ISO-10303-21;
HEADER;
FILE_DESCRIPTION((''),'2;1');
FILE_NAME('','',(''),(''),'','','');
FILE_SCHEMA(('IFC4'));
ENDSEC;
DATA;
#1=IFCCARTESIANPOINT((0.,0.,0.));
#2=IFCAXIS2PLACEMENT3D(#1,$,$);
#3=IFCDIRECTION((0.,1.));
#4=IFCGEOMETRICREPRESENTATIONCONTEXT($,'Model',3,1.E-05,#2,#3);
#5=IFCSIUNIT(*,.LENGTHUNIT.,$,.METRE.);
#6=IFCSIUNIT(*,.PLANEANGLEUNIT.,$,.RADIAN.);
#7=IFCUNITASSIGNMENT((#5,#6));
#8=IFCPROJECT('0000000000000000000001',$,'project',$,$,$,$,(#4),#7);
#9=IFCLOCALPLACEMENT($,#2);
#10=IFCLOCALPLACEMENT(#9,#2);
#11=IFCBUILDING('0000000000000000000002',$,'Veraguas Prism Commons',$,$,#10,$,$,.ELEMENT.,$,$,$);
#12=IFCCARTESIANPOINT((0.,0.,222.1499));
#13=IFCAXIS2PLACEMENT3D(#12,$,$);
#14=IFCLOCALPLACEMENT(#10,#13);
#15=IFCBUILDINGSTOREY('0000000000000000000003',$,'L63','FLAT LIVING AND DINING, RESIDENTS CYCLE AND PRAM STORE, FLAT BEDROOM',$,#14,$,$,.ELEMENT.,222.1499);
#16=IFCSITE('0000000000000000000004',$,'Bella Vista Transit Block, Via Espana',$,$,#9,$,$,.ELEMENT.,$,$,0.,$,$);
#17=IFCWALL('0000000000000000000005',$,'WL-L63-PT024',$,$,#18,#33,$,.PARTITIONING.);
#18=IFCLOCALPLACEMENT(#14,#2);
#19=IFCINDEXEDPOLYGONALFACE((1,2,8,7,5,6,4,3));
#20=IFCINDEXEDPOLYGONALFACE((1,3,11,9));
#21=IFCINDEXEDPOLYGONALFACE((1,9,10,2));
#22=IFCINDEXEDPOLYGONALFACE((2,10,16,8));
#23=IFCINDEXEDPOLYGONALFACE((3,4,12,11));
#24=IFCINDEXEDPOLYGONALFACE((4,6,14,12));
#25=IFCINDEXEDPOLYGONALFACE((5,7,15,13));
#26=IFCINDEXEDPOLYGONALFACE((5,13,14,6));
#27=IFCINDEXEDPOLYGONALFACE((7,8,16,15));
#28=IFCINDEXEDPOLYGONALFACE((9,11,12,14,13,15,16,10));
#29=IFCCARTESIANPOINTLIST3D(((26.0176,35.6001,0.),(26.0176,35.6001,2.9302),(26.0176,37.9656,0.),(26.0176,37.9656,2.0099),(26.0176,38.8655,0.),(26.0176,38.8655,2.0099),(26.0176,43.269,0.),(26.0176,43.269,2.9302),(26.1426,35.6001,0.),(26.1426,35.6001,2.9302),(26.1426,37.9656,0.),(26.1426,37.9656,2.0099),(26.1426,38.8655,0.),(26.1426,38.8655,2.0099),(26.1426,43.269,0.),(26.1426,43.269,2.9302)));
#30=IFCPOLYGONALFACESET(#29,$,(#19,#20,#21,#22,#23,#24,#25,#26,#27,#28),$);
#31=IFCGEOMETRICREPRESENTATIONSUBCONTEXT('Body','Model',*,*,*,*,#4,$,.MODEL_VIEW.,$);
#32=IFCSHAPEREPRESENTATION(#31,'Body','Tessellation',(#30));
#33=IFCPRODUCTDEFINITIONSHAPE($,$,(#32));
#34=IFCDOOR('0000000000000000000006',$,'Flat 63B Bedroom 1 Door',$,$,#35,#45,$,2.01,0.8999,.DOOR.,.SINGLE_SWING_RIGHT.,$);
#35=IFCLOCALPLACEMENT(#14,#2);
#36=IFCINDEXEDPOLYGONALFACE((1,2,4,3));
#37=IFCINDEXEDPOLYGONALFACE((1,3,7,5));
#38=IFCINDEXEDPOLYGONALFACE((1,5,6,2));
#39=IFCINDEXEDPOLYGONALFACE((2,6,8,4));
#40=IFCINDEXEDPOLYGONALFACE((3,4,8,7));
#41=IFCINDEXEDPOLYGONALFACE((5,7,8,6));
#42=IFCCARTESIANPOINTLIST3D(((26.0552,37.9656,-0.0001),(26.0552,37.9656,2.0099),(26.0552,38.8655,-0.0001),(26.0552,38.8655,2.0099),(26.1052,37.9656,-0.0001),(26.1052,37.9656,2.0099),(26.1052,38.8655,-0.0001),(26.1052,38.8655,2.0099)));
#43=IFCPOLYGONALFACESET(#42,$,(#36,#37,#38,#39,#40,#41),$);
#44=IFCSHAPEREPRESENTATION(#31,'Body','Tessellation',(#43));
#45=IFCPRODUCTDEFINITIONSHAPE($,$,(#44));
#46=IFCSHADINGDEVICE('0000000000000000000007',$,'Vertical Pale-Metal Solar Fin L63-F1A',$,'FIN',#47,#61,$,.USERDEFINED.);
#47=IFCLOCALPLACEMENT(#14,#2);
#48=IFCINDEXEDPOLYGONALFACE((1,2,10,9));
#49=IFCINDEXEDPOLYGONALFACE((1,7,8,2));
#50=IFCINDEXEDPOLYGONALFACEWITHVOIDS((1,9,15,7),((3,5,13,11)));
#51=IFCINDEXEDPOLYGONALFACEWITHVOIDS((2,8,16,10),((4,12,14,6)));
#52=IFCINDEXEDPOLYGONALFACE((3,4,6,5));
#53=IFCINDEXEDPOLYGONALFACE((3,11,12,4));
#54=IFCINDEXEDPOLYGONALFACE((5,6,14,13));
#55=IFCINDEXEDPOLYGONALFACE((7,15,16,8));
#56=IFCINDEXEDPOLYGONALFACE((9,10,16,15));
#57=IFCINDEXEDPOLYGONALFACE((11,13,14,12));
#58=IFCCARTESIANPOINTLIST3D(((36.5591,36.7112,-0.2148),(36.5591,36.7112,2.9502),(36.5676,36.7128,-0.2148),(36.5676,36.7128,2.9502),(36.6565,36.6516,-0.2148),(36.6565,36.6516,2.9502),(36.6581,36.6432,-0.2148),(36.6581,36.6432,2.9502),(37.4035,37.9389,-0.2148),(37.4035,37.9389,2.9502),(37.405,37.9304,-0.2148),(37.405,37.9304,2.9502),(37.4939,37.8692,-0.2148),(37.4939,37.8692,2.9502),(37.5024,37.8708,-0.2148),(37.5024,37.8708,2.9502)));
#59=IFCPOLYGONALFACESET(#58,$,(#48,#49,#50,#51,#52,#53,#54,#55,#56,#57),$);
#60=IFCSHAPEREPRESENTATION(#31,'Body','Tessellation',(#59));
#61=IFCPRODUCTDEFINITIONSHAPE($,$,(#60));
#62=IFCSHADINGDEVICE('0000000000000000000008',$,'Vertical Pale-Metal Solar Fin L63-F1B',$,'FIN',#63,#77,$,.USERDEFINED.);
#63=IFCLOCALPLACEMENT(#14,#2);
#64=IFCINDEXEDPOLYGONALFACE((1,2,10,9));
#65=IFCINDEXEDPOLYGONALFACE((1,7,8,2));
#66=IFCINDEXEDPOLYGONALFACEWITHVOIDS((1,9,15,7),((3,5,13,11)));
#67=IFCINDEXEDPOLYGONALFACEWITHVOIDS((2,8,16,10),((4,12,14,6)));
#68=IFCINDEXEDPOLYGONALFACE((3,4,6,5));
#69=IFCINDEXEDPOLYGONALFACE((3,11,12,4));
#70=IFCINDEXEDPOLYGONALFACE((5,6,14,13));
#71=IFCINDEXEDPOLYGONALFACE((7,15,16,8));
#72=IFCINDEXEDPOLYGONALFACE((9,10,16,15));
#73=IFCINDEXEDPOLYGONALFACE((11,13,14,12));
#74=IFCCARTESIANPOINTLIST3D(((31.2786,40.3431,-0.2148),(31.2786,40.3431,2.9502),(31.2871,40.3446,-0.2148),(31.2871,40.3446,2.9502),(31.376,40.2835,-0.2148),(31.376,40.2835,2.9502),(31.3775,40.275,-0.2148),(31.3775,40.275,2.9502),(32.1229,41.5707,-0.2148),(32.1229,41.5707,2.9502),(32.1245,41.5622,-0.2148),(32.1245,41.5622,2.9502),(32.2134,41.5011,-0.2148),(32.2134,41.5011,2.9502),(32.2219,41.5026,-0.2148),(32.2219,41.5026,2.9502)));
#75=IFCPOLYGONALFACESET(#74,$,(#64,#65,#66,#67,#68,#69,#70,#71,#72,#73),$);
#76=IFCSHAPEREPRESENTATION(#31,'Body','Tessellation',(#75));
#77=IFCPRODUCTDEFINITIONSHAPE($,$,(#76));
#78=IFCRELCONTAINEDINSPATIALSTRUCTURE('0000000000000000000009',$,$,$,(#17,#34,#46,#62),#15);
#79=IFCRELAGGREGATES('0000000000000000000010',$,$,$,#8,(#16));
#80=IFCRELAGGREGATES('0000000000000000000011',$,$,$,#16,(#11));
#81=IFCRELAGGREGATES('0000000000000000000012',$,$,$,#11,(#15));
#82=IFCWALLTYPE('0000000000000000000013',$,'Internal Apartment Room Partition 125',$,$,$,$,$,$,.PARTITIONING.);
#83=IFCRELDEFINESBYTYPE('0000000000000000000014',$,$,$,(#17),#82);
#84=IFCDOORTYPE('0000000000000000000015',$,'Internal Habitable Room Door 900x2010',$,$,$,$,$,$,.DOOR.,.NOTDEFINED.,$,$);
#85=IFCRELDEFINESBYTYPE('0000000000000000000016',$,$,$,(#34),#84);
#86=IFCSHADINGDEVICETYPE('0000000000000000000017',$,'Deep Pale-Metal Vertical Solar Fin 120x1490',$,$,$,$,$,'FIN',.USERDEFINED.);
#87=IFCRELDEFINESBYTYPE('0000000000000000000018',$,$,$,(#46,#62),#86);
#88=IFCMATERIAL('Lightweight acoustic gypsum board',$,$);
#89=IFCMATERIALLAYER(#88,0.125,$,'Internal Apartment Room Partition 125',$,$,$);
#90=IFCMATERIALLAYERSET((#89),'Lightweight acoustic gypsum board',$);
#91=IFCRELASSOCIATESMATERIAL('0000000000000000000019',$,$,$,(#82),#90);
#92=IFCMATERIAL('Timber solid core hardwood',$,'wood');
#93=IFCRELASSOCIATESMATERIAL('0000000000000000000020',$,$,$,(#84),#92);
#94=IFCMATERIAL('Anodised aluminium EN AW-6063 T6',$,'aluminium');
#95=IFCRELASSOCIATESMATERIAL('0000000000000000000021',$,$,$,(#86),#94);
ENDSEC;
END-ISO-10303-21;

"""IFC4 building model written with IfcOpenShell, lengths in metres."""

from ifc_helpers import new_model, si_unit, direction, frame, frame_2d, origin, origin_2d, place, context, subcontext, project, spatial, rectangle, hollow_rectangle, extrude, source, transform, mapped, material, layer, layer_set, material_profile, profile_set, type_object, element, fill, save


model = new_model("IFC4")

# Units and contexts
model_context = context("Model", 3, precision=1e-05, world=origin(), true_north=direction((0.0, 1.0)))
body_context = subcontext(model_context, "Body", "Model", "MODEL_VIEW")
ifc_project = project(units=[si_unit("LENGTHUNIT", "METRE"), si_unit("PLANEANGLEUNIT", "RADIAN")], contexts=[model_context])

# Site, building, storey
site_placement = place(None, origin())
site = spatial("IfcSite", under=ifc_project, at=site_placement, Name="Bella Vista Transit Block, Via Espana", CompositionType="ELEMENT", RefElevation=0.0)
building_placement = place(site_placement, origin())
building = spatial("IfcBuilding", under=site, at=building_placement, Name="Veraguas Prism Commons", CompositionType="ELEMENT")
storey_placement = place(building_placement, frame((0.0, 0.0, 222.1499)))
storey = spatial("IfcBuildingStorey", under=building, at=storey_placement, Name="L63", Description="FLAT LIVING AND DINING, RESIDENTS CYCLE AND PRAM STORE, FLAT BEDROOM", CompositionType="ELEMENT", Elevation=222.1499)

# Shared definitions
ifc_material_1 = material(Name="Anodised aluminium EN AW-6063 T6", Category="aluminium")

# Shared definitions
shared_shape_1 = source(origin(), body_context, "Body", "SweptSolid", [
    extrude(rectangle(XDim=0.8999, YDim=2.01, at=frame_2d((0.45, 1.0049))), frame((0.0, 0.0249, 0.0), z_axis=(0.0, -1.0, 0.0), x_axis=(1.0, 0.0, 0.0)), (0.0, 0.0, 1.0), 0.05),
])
ifc_material_2 = material(Name="Lightweight acoustic gypsum board")
ifc_layer_1 = layer(ifc_material_2, 0.125, Name="Internal Apartment Room Partition 125")
ifc_layer_set_1 = layer_set([ifc_layer_1], Name="Lightweight acoustic gypsum board")
wall_type_1 = type_object("IfcWallType", Name="Internal Apartment Room Partition 125", PredefinedType="PARTITIONING", material=ifc_layer_set_1)
ifc_material_3 = material(Name="Timber solid core hardwood", Category="wood")
door_type_1 = type_object("IfcDoorType", Name="Internal Habitable Room Door 900x2010", OperationType="NOTDEFINED", PredefinedType="DOOR", material=ifc_material_3)

# Wall, opening, door
wall_1_placement = place(storey_placement, frame((26.0801, 35.6001, 0.0), z_axis=(0.0, 0.0, 1.0), x_axis=(0.0, 1.0, 0.0)))
wall_1 = element("IfcWall", 1, at=wall_1_placement, inside=storey, type_object=wall_type_1, Name="WL-L63-PT024", PredefinedType="PARTITIONING", context=body_context, shape_type="SweptSolid", body=[
    extrude(rectangle(XDim=7.6689, YDim=0.125, at=frame_2d((3.8345, 0.0))), origin(), (0.0, 0.0, 1.0), 2.9302),
])
opening_1_placement = place(wall_1_placement, frame((2.3655, 0.0, 0.0)))
opening_1 = element("IfcOpeningElement", 2, at=opening_1_placement, cuts=wall_1, PredefinedType="OPENING", context=body_context, shape_type="SweptSolid", body=[
    extrude(rectangle(XDim=0.8999, YDim=2.01, at=frame_2d((0.45, 1.0049))), frame((0.0, 0.0725, 0.0), z_axis=(0.0, -1.0, 0.0), x_axis=(1.0, 0.0, 0.0)), (0.0, 0.0, 1.0), 0.145),
])
door_1_placement = place(opening_1_placement, origin())
door_1 = element("IfcDoor", 3, at=door_1_placement, inside=storey, type_object=door_type_1, Name="Flat 63B Bedroom 1 Door", OperationType="SINGLE_SWING_RIGHT", OverallHeight=2.01, OverallWidth=0.8999, PredefinedType="DOOR", context=body_context, shape_type="MappedRepresentation", body=[
    mapped(shared_shape_1, transform((0.0, 0.0, 0.0), scale=1.0)),
])
fill(opening_1, door_1)

# Shading devices
ifc_material_profile_1 = material_profile(ifc_material_1, hollow_rectangle(XDim=0.1201, YDim=1.49, WallThickness=0.0061, at=origin_2d()), Name="FIN120X1490X6")
ifc_profile_set_1 = profile_set([ifc_material_profile_1], Name="Anodised aluminium EN AW-6063 T6")
shading_device_type = type_object("IfcShadingDeviceType", Name="Deep Pale-Metal Vertical Solar Fin 120x1490", ElementType="FIN", PredefinedType="USERDEFINED", material=ifc_profile_set_1)
for number, where, z_axis, x_axis, name in (
    (4, (37.0308, 37.291, -0.2148), (0.0, 0.0, 1.0), (-0.823925, 0.566698, 0.0), "Vertical Pale-Metal Solar Fin L63-F1A"),
    (5, (31.7502, 40.9229, -0.2148), (0.0, 0.0, 1.0), (-0.823925, 0.566698, 0.0), "Vertical Pale-Metal Solar Fin L63-F1B"),
):
    element("IfcShadingDevice", number, at=place(storey_placement, frame(where, z_axis=z_axis, x_axis=x_axis)), inside=storey, type_object=shading_device_type, Name=name, ObjectType="FIN", PredefinedType="USERDEFINED", context=body_context, shape_type="SweptSolid", body=[
        extrude(hollow_rectangle(XDim=0.1201, YDim=1.49, WallThickness=0.0061, at=origin_2d()), origin(), (0.0, 0.0, 1.0), 3.165),
    ])

save(model, "model.ifc")
